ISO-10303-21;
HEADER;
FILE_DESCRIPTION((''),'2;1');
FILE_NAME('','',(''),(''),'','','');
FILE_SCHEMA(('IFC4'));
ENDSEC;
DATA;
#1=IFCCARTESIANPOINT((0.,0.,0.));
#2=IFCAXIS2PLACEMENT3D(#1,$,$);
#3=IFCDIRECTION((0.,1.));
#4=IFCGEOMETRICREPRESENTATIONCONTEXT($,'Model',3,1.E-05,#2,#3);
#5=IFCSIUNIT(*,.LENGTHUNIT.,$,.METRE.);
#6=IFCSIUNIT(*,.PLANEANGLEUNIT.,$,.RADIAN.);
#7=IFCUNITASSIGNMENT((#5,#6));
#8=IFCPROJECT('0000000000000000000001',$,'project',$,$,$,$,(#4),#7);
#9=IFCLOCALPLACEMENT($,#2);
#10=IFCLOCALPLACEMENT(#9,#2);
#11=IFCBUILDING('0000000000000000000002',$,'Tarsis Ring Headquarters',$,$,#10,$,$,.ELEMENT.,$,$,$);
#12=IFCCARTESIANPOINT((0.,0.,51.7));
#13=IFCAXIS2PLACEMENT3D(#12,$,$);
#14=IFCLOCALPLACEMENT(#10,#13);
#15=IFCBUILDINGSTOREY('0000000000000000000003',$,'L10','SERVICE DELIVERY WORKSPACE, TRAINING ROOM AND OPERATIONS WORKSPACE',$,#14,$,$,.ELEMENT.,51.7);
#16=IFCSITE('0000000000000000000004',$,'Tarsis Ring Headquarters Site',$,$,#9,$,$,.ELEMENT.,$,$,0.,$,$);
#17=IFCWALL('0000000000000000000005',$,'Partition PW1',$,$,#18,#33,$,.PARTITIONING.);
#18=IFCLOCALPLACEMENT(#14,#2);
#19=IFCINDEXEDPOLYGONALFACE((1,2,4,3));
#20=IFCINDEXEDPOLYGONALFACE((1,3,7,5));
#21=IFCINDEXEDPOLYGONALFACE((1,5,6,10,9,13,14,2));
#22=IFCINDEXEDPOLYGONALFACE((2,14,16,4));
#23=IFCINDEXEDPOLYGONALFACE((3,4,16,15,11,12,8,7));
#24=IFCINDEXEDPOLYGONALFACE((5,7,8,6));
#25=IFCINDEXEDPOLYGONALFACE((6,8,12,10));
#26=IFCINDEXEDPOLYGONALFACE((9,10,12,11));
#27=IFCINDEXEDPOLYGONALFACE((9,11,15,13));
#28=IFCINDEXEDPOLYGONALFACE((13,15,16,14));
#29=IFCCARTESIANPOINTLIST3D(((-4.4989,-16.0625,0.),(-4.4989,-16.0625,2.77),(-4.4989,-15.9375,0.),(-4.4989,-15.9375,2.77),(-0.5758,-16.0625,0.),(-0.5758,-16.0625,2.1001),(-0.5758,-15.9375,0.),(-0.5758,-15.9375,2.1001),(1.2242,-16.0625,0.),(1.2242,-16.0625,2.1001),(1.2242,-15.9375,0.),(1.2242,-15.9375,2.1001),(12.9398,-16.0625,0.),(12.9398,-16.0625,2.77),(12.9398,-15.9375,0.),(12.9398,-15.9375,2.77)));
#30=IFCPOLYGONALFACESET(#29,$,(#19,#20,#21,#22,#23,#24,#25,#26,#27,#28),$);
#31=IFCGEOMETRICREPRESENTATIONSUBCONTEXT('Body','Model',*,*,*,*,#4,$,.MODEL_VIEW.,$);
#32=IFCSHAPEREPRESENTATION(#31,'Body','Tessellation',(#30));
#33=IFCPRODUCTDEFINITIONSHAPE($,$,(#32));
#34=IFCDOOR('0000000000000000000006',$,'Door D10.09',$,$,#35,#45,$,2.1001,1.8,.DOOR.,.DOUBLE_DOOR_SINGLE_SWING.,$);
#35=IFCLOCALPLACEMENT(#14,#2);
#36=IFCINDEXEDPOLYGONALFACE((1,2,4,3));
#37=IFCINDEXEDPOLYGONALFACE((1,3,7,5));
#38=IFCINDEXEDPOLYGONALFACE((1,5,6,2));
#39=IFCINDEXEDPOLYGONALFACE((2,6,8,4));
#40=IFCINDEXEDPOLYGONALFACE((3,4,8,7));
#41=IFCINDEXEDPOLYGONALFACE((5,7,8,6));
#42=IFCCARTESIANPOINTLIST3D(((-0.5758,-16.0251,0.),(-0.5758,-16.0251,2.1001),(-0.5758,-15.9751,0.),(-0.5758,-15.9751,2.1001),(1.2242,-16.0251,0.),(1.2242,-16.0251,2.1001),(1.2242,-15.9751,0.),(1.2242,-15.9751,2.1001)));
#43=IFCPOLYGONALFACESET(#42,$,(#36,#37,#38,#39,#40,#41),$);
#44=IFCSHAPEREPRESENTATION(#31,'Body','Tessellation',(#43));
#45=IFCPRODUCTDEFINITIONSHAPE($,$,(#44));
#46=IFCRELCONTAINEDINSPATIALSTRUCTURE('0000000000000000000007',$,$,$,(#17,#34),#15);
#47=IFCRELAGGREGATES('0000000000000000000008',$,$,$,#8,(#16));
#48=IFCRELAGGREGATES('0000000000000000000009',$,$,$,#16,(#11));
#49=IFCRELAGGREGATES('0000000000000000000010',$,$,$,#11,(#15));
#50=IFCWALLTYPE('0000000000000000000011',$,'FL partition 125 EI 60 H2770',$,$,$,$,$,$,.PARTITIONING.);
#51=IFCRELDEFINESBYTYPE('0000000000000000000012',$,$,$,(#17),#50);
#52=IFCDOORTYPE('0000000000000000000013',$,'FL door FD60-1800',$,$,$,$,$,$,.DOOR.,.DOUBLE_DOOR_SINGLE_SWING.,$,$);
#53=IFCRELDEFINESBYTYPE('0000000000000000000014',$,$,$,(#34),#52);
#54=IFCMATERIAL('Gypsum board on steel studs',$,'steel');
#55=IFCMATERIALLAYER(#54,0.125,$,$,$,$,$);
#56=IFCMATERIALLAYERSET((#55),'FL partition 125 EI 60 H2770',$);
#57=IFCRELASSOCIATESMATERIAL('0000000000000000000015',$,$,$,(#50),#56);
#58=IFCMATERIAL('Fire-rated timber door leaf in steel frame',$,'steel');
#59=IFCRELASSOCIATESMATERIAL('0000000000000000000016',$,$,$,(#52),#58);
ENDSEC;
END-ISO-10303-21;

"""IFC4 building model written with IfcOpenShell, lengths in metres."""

from ifc_helpers import new_model, si_unit, direction, frame, frame_2d, origin, place, context, subcontext, project, spatial, rectangle, extrude, material, layer, layer_set, type_object, element, fill, save


model = new_model("IFC4")

# Units and contexts
model_context = context("Model", 3, precision=1e-05, world=origin(), true_north=direction((0.0, 1.0)))
body_context = subcontext(model_context, "Body", "Model", "MODEL_VIEW")
ifc_project = project(units=[si_unit("LENGTHUNIT", "METRE"), si_unit("PLANEANGLEUNIT", "RADIAN")], contexts=[model_context])

# Site, building, storey
site_placement = place(None, origin())
site = spatial("IfcSite", under=ifc_project, at=site_placement, Name="Tarsis Ring Headquarters Site", CompositionType="ELEMENT", RefElevation=0.0)
building_placement = place(site_placement, origin())
building = spatial("IfcBuilding", under=site, at=building_placement, Name="Tarsis Ring Headquarters", CompositionType="ELEMENT")
storey_placement = place(building_placement, frame((0.0, 0.0, 51.7)))
storey = spatial("IfcBuildingStorey", under=building, at=storey_placement, Name="L10", Description="SERVICE DELIVERY WORKSPACE, TRAINING ROOM AND OPERATIONS WORKSPACE", CompositionType="ELEMENT", Elevation=51.7)

# Shared definitions
ifc_material_1 = material(Name="Gypsum board on steel studs", Category="steel")
ifc_layer_1 = layer(ifc_material_1, 0.125)
ifc_layer_set_1 = layer_set([ifc_layer_1], Name="FL partition 125 EI 60 H2770")
wall_type_1 = type_object("IfcWallType", Name="FL partition 125 EI 60 H2770", PredefinedType="PARTITIONING", material=ifc_layer_set_1)
ifc_material_2 = material(Name="Fire-rated timber door leaf in steel frame", Category="steel")
door_type_1 = type_object("IfcDoorType", Name="FL door FD60-1800", OperationType="DOUBLE_DOOR_SINGLE_SWING", PredefinedType="DOOR", material=ifc_material_2)

# Wall, opening, door
wall_1_placement = place(storey_placement, frame((-4.4988, -16.0, 0.0), z_axis=(0.0, 0.0, 1.0), x_axis=(1.0, 0.0, 0.0)))
wall_1 = element("IfcWall", 1, at=wall_1_placement, inside=storey, type_object=wall_type_1, Name="Partition PW1", PredefinedType="PARTITIONING", context=body_context, shape_type="SweptSolid", body=[
    extrude(rectangle(XDim=17.4387, YDim=0.125, at=frame_2d((8.7192, 0.0))), origin(), (0.0, 0.0, 1.0), 2.77),
])
opening_1_placement = place(wall_1_placement, frame((3.9231, 0.0, 0.0)))
opening_1 = element("IfcOpeningElement", 2, at=opening_1_placement, cuts=wall_1, PredefinedType="OPENING", context=body_context, shape_type="SweptSolid", body=[
    extrude(rectangle(XDim=1.8, YDim=2.1001, at=frame_2d((0.8999, 1.05))), frame((0.0, 0.0725, 0.0), z_axis=(0.0, -1.0, 0.0), x_axis=(1.0, 0.0, 0.0)), (0.0, 0.0, 1.0), 0.145),
])
door_1_placement = place(opening_1_placement, origin())
door_1 = element("IfcDoor", 3, at=door_1_placement, inside=storey, type_object=door_type_1, Name="Door D10.09", OperationType="DOUBLE_DOOR_SINGLE_SWING", OverallHeight=2.1001, OverallWidth=1.8, PredefinedType="DOOR", context=body_context, shape_type="SweptSolid", body=[
    extrude(rectangle(XDim=1.8, YDim=2.1001, at=frame_2d((0.8999, 1.05))), frame((0.0, 0.0249, 0.0), z_axis=(0.0, -1.0, 0.0), x_axis=(1.0, 0.0, 0.0)), (0.0, 0.0, 1.0), 0.05),
])
fill(opening_1, door_1)

save(model, "model.ifc")
